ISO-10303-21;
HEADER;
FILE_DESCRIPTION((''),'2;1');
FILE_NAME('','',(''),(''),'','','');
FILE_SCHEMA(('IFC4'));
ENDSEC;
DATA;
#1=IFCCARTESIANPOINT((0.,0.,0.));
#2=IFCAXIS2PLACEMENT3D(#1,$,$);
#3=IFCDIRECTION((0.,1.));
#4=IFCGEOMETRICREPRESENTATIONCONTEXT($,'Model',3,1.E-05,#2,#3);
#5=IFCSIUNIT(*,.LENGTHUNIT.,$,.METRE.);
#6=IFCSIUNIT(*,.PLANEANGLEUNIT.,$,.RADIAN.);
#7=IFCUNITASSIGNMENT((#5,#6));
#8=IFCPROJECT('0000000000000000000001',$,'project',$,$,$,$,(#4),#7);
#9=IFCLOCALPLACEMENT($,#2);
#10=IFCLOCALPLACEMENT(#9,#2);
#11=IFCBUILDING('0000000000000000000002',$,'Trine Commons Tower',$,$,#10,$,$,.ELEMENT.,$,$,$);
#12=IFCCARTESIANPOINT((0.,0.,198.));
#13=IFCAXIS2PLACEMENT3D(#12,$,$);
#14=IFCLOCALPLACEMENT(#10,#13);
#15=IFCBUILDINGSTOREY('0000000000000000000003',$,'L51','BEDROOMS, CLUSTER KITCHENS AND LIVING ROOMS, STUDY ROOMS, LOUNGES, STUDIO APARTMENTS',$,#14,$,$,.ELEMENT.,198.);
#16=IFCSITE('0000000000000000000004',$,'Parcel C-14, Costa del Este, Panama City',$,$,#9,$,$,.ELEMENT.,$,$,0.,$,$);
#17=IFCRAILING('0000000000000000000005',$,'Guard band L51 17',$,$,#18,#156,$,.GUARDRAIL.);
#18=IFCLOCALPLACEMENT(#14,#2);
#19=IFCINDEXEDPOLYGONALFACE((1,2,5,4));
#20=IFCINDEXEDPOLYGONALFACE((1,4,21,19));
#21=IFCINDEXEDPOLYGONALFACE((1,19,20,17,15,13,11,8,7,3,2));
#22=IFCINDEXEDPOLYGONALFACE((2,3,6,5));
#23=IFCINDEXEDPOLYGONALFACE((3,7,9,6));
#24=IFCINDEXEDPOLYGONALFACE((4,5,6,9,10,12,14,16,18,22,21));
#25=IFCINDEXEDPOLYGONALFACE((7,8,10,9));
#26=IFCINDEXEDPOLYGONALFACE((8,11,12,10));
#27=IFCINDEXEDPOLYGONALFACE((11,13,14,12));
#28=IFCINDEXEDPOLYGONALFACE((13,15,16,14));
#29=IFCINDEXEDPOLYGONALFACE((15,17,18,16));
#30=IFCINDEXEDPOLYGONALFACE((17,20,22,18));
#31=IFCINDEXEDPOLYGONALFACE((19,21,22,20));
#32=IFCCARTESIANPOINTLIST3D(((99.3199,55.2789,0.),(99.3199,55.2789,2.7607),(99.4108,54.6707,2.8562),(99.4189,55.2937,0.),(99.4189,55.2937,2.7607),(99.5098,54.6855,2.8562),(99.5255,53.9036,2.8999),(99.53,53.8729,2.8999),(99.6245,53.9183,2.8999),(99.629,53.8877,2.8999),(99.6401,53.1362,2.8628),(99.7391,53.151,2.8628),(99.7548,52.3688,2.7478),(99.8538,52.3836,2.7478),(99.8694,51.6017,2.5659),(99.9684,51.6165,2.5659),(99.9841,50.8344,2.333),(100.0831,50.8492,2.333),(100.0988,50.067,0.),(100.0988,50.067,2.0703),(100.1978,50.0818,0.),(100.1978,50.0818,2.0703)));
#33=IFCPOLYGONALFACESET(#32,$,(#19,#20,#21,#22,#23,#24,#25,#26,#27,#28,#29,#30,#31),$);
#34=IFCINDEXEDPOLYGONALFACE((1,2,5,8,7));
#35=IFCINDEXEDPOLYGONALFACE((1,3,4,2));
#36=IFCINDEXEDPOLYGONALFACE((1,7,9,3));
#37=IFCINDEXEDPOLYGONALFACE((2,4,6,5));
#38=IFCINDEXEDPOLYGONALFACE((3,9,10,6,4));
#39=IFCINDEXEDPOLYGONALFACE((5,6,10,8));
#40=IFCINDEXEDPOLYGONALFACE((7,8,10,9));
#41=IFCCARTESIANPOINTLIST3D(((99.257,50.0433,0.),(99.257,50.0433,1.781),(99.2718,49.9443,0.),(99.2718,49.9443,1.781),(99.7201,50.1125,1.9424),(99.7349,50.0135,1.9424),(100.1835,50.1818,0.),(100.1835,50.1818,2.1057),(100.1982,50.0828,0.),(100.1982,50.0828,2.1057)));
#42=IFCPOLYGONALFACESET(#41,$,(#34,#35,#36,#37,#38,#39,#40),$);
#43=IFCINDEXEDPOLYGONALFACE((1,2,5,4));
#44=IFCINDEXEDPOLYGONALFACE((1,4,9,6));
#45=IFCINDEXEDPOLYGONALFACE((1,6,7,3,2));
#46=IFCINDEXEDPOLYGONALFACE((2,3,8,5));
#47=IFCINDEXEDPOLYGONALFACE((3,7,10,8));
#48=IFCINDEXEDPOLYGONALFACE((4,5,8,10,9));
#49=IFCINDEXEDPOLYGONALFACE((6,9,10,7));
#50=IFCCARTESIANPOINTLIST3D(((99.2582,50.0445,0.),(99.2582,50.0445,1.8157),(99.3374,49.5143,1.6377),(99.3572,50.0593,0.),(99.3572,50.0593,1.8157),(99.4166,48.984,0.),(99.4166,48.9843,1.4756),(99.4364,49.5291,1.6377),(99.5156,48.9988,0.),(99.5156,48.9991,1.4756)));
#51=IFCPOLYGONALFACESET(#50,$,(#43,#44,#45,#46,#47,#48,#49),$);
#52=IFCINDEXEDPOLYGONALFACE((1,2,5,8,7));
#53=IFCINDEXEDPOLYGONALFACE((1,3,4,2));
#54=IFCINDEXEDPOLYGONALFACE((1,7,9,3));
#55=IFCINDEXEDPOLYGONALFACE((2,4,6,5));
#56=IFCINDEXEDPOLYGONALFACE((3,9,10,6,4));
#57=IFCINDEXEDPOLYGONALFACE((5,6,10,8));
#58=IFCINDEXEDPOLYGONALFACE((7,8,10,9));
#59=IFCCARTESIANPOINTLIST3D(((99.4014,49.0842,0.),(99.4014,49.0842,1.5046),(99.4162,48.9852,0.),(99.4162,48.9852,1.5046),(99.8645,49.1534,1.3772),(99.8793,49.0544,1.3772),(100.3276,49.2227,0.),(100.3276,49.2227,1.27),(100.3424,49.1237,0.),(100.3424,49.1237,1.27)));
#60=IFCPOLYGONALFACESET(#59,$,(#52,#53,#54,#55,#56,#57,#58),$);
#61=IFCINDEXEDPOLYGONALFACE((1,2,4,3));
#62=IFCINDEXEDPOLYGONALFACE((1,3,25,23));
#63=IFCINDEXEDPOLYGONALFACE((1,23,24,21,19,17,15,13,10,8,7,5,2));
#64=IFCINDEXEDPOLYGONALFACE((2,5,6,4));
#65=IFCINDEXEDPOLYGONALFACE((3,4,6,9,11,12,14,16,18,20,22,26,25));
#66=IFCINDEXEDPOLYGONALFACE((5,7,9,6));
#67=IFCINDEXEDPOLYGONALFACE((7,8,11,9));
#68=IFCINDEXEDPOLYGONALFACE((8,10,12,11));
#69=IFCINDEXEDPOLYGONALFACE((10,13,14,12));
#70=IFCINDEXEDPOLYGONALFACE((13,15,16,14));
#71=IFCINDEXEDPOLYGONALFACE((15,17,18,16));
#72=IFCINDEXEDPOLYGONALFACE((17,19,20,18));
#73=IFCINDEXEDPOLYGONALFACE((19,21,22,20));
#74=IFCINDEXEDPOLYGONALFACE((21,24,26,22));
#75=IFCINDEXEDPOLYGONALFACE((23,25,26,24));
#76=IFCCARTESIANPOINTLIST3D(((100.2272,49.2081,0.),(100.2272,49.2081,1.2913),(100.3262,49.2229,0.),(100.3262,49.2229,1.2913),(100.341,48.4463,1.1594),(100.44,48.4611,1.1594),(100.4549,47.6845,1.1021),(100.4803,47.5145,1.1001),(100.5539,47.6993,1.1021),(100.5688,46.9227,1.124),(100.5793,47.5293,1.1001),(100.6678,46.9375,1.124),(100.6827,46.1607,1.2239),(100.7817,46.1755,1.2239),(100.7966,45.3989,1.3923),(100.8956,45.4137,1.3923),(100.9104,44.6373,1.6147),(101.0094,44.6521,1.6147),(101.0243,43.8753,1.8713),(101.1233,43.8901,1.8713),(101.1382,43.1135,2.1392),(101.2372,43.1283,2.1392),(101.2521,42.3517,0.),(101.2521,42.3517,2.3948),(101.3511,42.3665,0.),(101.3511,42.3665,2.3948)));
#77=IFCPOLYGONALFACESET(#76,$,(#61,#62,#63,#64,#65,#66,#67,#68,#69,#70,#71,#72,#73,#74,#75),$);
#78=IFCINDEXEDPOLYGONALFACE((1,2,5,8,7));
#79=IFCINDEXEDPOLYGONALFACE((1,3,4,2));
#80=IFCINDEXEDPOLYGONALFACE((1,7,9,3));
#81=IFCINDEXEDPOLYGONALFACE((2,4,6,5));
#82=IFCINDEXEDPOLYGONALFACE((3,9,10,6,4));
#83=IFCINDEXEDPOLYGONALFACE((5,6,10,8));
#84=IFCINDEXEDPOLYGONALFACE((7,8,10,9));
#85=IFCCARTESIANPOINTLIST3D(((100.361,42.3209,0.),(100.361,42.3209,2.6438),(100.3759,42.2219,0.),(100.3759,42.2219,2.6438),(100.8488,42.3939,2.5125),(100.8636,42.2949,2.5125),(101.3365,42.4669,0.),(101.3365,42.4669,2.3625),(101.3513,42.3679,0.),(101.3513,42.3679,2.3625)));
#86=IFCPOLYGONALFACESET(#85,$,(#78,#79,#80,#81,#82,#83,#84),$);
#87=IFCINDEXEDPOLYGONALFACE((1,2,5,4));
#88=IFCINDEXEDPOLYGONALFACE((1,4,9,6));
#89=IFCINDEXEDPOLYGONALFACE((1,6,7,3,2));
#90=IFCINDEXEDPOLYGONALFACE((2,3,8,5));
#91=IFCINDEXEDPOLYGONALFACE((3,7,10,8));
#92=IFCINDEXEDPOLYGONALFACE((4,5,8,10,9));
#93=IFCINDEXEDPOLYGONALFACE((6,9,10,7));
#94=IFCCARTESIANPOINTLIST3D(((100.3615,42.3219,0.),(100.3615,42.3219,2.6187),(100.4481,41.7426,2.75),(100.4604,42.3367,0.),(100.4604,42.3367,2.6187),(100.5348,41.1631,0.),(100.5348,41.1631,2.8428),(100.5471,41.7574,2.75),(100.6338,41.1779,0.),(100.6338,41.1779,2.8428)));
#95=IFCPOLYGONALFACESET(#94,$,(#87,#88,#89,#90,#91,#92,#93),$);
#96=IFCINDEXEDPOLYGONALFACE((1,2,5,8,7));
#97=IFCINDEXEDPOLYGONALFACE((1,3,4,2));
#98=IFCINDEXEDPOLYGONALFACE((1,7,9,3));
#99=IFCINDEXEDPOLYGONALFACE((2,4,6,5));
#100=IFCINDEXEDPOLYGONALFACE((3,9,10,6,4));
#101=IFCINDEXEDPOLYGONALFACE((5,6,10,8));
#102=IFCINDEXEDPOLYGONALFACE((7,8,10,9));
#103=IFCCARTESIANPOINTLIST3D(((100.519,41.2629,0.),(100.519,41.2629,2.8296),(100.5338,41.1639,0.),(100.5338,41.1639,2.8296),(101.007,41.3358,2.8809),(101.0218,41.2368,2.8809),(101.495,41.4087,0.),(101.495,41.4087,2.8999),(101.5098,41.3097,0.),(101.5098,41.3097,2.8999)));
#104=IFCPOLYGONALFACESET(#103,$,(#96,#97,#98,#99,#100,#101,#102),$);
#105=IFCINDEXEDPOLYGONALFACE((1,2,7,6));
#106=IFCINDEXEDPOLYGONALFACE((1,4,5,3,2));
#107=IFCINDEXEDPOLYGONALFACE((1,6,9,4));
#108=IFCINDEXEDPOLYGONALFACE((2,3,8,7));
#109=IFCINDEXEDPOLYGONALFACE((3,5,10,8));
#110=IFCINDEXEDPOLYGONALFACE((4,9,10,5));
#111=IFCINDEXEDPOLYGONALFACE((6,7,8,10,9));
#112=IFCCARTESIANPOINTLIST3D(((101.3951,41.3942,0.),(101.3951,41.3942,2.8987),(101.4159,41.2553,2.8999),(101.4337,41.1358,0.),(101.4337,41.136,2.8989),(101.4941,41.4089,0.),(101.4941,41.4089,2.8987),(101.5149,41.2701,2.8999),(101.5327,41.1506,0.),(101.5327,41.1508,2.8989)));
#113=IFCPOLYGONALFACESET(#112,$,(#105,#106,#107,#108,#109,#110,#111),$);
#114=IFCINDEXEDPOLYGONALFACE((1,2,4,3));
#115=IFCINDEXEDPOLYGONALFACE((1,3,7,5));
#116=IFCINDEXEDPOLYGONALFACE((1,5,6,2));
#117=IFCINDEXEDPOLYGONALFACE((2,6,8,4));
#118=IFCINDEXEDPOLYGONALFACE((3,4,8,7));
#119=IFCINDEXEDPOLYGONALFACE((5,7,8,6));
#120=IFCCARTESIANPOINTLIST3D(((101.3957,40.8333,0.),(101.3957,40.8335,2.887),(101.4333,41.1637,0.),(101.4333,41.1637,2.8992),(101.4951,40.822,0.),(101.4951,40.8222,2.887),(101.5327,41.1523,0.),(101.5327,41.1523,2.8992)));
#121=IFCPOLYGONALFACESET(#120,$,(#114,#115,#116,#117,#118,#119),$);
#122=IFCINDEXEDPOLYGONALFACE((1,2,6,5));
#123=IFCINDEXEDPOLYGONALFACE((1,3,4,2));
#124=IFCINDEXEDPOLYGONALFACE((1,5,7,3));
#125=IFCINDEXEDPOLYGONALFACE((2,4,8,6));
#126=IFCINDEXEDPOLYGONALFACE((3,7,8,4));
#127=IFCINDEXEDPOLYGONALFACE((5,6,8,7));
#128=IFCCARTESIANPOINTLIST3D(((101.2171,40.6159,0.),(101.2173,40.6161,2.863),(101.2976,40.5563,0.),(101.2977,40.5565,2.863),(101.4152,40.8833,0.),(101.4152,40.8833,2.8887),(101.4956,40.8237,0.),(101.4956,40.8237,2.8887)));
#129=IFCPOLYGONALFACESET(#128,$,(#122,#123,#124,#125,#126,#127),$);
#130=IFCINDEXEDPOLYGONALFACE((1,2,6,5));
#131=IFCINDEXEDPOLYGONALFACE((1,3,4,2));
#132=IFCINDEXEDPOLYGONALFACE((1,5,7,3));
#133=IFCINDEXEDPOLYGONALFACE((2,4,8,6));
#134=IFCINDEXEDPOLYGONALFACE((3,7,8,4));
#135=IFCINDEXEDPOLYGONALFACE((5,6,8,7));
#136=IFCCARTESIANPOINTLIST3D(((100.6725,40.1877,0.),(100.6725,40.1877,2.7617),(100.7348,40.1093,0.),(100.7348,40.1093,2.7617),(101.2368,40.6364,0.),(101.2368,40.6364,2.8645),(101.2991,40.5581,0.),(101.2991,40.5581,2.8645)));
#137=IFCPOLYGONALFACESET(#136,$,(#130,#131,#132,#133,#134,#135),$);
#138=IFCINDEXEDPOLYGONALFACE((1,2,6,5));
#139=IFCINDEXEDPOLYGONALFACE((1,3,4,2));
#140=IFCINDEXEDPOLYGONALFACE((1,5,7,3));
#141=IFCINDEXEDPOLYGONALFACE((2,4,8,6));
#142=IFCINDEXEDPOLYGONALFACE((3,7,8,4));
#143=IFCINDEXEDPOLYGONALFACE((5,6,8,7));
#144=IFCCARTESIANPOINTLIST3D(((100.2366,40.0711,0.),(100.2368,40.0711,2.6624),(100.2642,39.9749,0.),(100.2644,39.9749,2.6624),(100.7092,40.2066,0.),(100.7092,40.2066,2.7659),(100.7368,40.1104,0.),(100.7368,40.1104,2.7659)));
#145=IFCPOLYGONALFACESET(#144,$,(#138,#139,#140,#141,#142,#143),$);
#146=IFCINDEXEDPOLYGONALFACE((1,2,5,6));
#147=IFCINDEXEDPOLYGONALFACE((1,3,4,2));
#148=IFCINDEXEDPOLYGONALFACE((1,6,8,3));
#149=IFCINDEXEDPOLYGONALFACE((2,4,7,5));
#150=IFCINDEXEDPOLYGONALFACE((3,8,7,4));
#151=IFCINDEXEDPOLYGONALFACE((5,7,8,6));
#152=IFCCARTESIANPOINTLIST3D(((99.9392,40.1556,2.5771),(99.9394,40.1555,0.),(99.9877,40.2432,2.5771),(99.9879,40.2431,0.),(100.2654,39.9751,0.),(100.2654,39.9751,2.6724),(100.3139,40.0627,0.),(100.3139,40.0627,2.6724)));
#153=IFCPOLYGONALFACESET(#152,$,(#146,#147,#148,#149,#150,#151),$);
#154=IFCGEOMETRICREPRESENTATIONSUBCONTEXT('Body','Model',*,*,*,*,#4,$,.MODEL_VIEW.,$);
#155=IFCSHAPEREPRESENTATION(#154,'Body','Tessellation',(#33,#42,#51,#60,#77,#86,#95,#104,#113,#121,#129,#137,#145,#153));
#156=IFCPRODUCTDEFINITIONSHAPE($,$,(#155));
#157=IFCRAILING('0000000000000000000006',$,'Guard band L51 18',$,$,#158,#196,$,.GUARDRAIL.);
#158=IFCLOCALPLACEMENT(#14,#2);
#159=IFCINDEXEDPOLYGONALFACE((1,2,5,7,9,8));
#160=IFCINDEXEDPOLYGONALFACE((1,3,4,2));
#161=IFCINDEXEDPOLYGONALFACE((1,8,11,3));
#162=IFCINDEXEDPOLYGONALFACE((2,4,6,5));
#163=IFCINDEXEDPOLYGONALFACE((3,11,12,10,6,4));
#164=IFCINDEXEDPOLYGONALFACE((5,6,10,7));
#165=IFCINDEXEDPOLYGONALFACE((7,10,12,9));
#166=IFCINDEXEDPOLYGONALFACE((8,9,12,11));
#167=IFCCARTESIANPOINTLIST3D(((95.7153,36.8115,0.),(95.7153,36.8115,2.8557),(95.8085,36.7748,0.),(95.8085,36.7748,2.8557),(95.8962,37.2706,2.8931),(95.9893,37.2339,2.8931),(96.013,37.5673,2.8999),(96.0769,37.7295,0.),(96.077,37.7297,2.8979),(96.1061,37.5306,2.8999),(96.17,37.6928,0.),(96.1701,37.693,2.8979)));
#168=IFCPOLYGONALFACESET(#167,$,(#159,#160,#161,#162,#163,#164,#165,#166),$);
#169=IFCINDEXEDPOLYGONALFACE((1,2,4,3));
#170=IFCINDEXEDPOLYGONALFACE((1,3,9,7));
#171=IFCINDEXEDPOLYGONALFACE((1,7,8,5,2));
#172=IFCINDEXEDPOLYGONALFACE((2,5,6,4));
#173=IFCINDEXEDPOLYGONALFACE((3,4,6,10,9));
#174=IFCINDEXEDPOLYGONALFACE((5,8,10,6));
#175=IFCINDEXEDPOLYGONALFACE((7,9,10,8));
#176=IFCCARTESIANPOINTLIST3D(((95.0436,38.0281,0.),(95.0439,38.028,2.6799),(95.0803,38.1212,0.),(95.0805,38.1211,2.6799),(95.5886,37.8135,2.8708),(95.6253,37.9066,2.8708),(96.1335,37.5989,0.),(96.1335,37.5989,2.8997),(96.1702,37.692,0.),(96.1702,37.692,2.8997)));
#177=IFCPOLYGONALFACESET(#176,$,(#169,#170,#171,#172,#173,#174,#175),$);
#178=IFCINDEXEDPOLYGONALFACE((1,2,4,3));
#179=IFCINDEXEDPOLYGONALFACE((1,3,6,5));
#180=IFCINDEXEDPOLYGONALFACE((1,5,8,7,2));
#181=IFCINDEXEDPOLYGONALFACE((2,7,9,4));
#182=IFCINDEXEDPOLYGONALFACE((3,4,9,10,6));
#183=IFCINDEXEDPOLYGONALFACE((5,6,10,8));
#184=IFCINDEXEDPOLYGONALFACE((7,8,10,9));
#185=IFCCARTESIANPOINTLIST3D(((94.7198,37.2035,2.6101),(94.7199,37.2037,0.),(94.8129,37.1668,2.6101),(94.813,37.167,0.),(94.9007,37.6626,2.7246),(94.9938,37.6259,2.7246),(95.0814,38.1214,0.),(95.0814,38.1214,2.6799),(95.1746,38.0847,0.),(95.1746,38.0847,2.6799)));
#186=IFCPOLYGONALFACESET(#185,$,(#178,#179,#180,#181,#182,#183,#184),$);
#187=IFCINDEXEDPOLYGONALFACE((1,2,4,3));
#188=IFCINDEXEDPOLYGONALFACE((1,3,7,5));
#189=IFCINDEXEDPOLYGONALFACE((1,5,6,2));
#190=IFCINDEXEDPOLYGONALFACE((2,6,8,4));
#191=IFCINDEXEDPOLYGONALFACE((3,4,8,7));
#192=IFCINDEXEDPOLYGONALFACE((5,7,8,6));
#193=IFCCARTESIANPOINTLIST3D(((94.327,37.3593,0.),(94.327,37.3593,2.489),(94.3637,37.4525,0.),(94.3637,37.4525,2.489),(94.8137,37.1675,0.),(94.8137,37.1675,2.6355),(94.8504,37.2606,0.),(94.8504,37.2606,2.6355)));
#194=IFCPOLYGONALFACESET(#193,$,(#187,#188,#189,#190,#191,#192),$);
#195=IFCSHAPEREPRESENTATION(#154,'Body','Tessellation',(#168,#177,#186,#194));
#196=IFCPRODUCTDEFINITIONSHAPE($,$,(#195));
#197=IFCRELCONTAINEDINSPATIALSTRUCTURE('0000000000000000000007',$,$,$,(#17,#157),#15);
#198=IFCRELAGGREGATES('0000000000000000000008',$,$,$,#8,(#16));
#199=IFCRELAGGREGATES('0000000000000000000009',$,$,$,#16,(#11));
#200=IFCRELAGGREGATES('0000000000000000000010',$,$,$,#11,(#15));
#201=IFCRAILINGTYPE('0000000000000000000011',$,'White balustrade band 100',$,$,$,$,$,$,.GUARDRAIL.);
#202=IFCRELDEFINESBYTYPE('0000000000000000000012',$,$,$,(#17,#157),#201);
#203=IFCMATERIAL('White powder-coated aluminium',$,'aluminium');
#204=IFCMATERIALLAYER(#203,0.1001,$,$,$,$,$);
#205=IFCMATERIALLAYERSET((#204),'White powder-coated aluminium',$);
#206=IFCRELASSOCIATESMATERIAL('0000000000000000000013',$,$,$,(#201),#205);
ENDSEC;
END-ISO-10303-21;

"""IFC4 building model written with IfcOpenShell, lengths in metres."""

from ifc_helpers import new_model, si_unit, direction, frame, origin, place, context, subcontext, project, spatial, polyline, outline, extrude, material, layer, layer_set, type_object, element, save


model = new_model("IFC4")

# Units and contexts
model_context = context("Model", 3, precision=1e-05, world=origin(), true_north=direction((0.0, 1.0)))
body_context = subcontext(model_context, "Body", "Model", "MODEL_VIEW")
ifc_project = project(units=[si_unit("LENGTHUNIT", "METRE"), si_unit("PLANEANGLEUNIT", "RADIAN")], contexts=[model_context])

# Site, building, storey
site_placement = place(None, origin())
site = spatial("IfcSite", under=ifc_project, at=site_placement, Name="Parcel C-14, Costa del Este, Panama City", CompositionType="ELEMENT", RefElevation=0.0)
building_placement = place(site_placement, origin())
building = spatial("IfcBuilding", under=site, at=building_placement, Name="Trine Commons Tower", CompositionType="ELEMENT")
storey_placement = place(building_placement, frame((0.0, 0.0, 198.0)))
storey = spatial("IfcBuildingStorey", under=building, at=storey_placement, Name="L51", Description="BEDROOMS, CLUSTER KITCHENS AND LIVING ROOMS, STUDY ROOMS, LOUNGES, STUDIO APARTMENTS", CompositionType="ELEMENT", Elevation=198.0)

# Railings
ifc_material_1 = material(Name="White powder-coated aluminium", Category="aluminium")
ifc_layer_1 = layer(ifc_material_1, 0.1001)
ifc_layer_set_1 = layer_set([ifc_layer_1], Name="White powder-coated aluminium")
railing_type = type_object("IfcRailingType", Name="White balustrade band 100", PredefinedType="GUARDRAIL", material=ifc_layer_set_1)
railing_1_placement = place(storey_placement, origin())
element("IfcRailing", 1, at=railing_1_placement, inside=storey, type_object=railing_type, Name="Guard band L51 17", PredefinedType="GUARDRAIL", context=body_context, shape_type="SweptSolid", body=[
    extrude(outline(polyline([(0.0, 0.0), (5.2698, 0.0), (5.2698, 2.0703), (4.4939, 2.333), (3.718, 2.5659), (2.9424, 2.7478), (2.1665, 2.8628), (1.4216, 2.8999), (1.3906, 2.8999), (0.615, 2.8562), (0.0, 2.7607), (0.0, 0.0)])), frame((99.4189, 55.2937, 0.0), z_axis=(-0.989019, -0.147788, 0.0), x_axis=(0.147788, -0.989019, 0.0)), (0.0, 0.0, 1.0), 0.1001),
    extrude(outline(polyline([(0.0, 0.0), (0.9368, 0.0), (0.9368, 1.781), (0.4685, 1.9424), (0.0, 2.1057), (0.0, 0.0)])), frame((100.1982, 50.0828, 0.0), z_axis=(-0.147767, 0.989022, 0.0), x_axis=(-0.989022, -0.147767, 0.0)), (0.0, 0.0, 1.0), 0.1001),
    extrude(outline(polyline([(0.0, 0.0), (1.0723, 0.0), (1.072, 1.4756), (0.5361, 1.6377), (0.0, 1.8157), (0.0, 0.0)])), frame((99.3572, 50.0593, 0.0), z_axis=(-0.989023, -0.147761, 0.0), x_axis=(0.147761, -0.989023, 0.0)), (0.0, 0.0, 1.0), 0.1001),
    extrude(outline(polyline([(0.0, 0.0), (0.9365, 0.0), (0.9365, 1.27), (0.4683, 1.3772), (0.0, 1.5046), (0.0, 0.0)])), frame((99.4014, 49.0842, 0.0), z_axis=(0.147805, -0.989017, 0.0), x_axis=(0.989017, 0.147805, 0.0)), (0.0, 0.0, 1.0), 0.1001),
    extrude(outline(polyline([(0.0, 0.0), (6.9326, 0.0), (6.9326, 2.3948), (6.1624, 2.1392), (5.3921, 1.8713), (4.6216, 1.6147), (3.8516, 1.3923), (3.0813, 1.2239), (2.3108, 1.124), (1.7124, 1.1001), (1.5405, 1.1021), (0.7703, 1.1594), (0.0, 1.2913), (0.0, 0.0)])), frame((100.3262, 49.2229, 0.0), z_axis=(-0.989012, -0.147838, 0.0), x_axis=(0.147838, -0.989012, 0.0)), (0.0, 0.0, 1.0), 0.1001),
    extrude(outline(polyline([(0.0, 0.0), (0.9863, 0.0), (0.9863, 2.6438), (0.4932, 2.5125), (0.0, 2.3625), (0.0, 0.0)])), frame((101.3513, 42.3679, 0.0), z_axis=(-0.148002, 0.988987, 0.0), x_axis=(-0.988987, -0.148002, 0.0)), (0.0, 0.0, 1.0), 0.1001),
    extrude(outline(polyline([(0.0, 0.0), (1.1716, 0.0), (1.1716, 2.8428), (0.5857, 2.75), (0.0, 2.6187), (0.0, 0.0)])), frame((100.4604, 42.3367, 0.0), z_axis=(-0.988994, -0.147953, 0.0), x_axis=(0.147953, -0.988994, 0.0)), (0.0, 0.0, 1.0), 0.1001),
    extrude(outline(polyline([(0.0, 0.0), (0.9868, 0.0), (0.9868, 2.8999), (0.4934, 2.8809), (0.0, 2.8296), (0.0, 0.0)])), frame((100.519, 41.2629, 0.0), z_axis=(0.147687, -0.989034, 0.0), x_axis=(0.989034, 0.147687, 0.0)), (0.0, 0.0, 1.0), 0.1001),
    extrude(outline(polyline([(0.0, 0.0), (0.2612, 0.0), (0.261, 2.8989), (0.1404, 2.8999), (0.0, 2.8987), (0.0, 0.0)])), frame((101.4941, 41.4089, 0.0), z_axis=(-0.989032, -0.1477, 0.0), x_axis=(0.1477, -0.989032, 0.0)), (0.0, 0.0, 1.0), 0.1001),
    extrude(outline(polyline([(0.0, 0.0), (0.3325, 0.0), (0.3323, 2.887), (0.0, 2.8992), (0.0, 0.0)])), frame((101.5327, 41.1523, 0.0), z_axis=(-0.993585, 0.113091, 0.0), x_axis=(-0.113091, -0.993585, 0.0)), (0.0, 0.0, 1.0), 0.1001),
    extrude(outline(polyline([(0.0, 0.0), (0.3328, 0.0), (0.3325, 2.863), (0.0, 2.8887), (0.0, 0.0)])), frame((101.4956, 40.8237, 0.0), z_axis=(-0.803596, 0.595175, 0.0), x_axis=(-0.595175, -0.803596, 0.0)), (0.0, 0.0, 1.0), 0.1001),
    extrude(outline(polyline([(0.0, 0.0), (0.7209, 0.0), (0.7209, 2.7617), (0.0, 2.8645), (0.0, 0.0)])), frame((101.2991, 40.5581, 0.0), z_axis=(-0.622462, 0.78265, 0.0), x_axis=(-0.78265, -0.622462, 0.0)), (0.0, 0.0, 1.0), 0.1001),
    extrude(outline(polyline([(0.0, 0.0), (0.4917, 0.0), (0.4915, 2.6624), (0.0, 2.7659), (0.0, 0.0)])), frame((100.7368, 40.1104, 0.0), z_axis=(-0.275574, 0.96128, 0.0), x_axis=(-0.96128, -0.275574, 0.0)), (0.0, 0.0, 1.0), 0.1001),
    extrude(outline(polyline([(0.0, 0.0), (0.3726, 0.0), (0.3728, 2.5771), (0.0, 2.6724), (0.0, 0.0)])), frame((100.2654, 39.9751, 0.0), z_axis=(0.484307, 0.874898, 0.0), x_axis=(-0.874898, 0.484307, 0.0)), (0.0, 0.0, 1.0), 0.1001),
])
railing_2_placement = place(storey_placement, origin())
element("IfcRailing", 2, at=railing_2_placement, inside=storey, type_object=railing_type, Name="Guard band L51 18", PredefinedType="GUARDRAIL", context=body_context, shape_type="SweptSolid", body=[
    extrude(outline(polyline([(0.0, 0.0), (0.9866, 0.0), (0.9868, 2.8979), (0.8123, 2.8999), (0.4934, 2.8931), (0.0, 2.8557), (0.0, 0.0)])), frame((95.7153, 36.8115, 0.0), z_axis=(0.930426, -0.366479, 0.0), x_axis=(0.366479, 0.930426, 0.0)), (0.0, 0.0, 1.0), 0.1001),
    extrude(outline(polyline([(0.0, 0.0), (1.1714, 0.0), (1.1711, 2.6799), (0.5857, 2.8708), (0.0, 2.8997), (0.0, 0.0)])), frame((96.1335, 37.5989, 0.0), z_axis=(0.366426, 0.930447, 0.0), x_axis=(-0.930447, 0.366426, 0.0)), (0.0, 0.0, 1.0), 0.1001),
    extrude(outline(polyline([(0.0, 0.0), (0.9863, 0.0), (0.9866, 2.6101), (0.4932, 2.7246), (0.0, 2.6799), (0.0, 0.0)])), frame((95.1746, 38.0847, 0.0), z_axis=(-0.930393, 0.366563, 0.0), x_axis=(-0.366563, -0.930393, 0.0)), (0.0, 0.0, 1.0), 0.1001),
    extrude(outline(polyline([(0.0, 0.0), (0.5232, 0.0), (0.5232, 2.489), (0.0, 2.6355), (0.0, 0.0)])), frame((94.8137, 37.1675, 0.0), z_axis=(0.36672, 0.930331, 0.0), x_axis=(-0.930331, 0.36672, 0.0)), (0.0, 0.0, 1.0), 0.1001),
])

save(model, "model.ifc")
